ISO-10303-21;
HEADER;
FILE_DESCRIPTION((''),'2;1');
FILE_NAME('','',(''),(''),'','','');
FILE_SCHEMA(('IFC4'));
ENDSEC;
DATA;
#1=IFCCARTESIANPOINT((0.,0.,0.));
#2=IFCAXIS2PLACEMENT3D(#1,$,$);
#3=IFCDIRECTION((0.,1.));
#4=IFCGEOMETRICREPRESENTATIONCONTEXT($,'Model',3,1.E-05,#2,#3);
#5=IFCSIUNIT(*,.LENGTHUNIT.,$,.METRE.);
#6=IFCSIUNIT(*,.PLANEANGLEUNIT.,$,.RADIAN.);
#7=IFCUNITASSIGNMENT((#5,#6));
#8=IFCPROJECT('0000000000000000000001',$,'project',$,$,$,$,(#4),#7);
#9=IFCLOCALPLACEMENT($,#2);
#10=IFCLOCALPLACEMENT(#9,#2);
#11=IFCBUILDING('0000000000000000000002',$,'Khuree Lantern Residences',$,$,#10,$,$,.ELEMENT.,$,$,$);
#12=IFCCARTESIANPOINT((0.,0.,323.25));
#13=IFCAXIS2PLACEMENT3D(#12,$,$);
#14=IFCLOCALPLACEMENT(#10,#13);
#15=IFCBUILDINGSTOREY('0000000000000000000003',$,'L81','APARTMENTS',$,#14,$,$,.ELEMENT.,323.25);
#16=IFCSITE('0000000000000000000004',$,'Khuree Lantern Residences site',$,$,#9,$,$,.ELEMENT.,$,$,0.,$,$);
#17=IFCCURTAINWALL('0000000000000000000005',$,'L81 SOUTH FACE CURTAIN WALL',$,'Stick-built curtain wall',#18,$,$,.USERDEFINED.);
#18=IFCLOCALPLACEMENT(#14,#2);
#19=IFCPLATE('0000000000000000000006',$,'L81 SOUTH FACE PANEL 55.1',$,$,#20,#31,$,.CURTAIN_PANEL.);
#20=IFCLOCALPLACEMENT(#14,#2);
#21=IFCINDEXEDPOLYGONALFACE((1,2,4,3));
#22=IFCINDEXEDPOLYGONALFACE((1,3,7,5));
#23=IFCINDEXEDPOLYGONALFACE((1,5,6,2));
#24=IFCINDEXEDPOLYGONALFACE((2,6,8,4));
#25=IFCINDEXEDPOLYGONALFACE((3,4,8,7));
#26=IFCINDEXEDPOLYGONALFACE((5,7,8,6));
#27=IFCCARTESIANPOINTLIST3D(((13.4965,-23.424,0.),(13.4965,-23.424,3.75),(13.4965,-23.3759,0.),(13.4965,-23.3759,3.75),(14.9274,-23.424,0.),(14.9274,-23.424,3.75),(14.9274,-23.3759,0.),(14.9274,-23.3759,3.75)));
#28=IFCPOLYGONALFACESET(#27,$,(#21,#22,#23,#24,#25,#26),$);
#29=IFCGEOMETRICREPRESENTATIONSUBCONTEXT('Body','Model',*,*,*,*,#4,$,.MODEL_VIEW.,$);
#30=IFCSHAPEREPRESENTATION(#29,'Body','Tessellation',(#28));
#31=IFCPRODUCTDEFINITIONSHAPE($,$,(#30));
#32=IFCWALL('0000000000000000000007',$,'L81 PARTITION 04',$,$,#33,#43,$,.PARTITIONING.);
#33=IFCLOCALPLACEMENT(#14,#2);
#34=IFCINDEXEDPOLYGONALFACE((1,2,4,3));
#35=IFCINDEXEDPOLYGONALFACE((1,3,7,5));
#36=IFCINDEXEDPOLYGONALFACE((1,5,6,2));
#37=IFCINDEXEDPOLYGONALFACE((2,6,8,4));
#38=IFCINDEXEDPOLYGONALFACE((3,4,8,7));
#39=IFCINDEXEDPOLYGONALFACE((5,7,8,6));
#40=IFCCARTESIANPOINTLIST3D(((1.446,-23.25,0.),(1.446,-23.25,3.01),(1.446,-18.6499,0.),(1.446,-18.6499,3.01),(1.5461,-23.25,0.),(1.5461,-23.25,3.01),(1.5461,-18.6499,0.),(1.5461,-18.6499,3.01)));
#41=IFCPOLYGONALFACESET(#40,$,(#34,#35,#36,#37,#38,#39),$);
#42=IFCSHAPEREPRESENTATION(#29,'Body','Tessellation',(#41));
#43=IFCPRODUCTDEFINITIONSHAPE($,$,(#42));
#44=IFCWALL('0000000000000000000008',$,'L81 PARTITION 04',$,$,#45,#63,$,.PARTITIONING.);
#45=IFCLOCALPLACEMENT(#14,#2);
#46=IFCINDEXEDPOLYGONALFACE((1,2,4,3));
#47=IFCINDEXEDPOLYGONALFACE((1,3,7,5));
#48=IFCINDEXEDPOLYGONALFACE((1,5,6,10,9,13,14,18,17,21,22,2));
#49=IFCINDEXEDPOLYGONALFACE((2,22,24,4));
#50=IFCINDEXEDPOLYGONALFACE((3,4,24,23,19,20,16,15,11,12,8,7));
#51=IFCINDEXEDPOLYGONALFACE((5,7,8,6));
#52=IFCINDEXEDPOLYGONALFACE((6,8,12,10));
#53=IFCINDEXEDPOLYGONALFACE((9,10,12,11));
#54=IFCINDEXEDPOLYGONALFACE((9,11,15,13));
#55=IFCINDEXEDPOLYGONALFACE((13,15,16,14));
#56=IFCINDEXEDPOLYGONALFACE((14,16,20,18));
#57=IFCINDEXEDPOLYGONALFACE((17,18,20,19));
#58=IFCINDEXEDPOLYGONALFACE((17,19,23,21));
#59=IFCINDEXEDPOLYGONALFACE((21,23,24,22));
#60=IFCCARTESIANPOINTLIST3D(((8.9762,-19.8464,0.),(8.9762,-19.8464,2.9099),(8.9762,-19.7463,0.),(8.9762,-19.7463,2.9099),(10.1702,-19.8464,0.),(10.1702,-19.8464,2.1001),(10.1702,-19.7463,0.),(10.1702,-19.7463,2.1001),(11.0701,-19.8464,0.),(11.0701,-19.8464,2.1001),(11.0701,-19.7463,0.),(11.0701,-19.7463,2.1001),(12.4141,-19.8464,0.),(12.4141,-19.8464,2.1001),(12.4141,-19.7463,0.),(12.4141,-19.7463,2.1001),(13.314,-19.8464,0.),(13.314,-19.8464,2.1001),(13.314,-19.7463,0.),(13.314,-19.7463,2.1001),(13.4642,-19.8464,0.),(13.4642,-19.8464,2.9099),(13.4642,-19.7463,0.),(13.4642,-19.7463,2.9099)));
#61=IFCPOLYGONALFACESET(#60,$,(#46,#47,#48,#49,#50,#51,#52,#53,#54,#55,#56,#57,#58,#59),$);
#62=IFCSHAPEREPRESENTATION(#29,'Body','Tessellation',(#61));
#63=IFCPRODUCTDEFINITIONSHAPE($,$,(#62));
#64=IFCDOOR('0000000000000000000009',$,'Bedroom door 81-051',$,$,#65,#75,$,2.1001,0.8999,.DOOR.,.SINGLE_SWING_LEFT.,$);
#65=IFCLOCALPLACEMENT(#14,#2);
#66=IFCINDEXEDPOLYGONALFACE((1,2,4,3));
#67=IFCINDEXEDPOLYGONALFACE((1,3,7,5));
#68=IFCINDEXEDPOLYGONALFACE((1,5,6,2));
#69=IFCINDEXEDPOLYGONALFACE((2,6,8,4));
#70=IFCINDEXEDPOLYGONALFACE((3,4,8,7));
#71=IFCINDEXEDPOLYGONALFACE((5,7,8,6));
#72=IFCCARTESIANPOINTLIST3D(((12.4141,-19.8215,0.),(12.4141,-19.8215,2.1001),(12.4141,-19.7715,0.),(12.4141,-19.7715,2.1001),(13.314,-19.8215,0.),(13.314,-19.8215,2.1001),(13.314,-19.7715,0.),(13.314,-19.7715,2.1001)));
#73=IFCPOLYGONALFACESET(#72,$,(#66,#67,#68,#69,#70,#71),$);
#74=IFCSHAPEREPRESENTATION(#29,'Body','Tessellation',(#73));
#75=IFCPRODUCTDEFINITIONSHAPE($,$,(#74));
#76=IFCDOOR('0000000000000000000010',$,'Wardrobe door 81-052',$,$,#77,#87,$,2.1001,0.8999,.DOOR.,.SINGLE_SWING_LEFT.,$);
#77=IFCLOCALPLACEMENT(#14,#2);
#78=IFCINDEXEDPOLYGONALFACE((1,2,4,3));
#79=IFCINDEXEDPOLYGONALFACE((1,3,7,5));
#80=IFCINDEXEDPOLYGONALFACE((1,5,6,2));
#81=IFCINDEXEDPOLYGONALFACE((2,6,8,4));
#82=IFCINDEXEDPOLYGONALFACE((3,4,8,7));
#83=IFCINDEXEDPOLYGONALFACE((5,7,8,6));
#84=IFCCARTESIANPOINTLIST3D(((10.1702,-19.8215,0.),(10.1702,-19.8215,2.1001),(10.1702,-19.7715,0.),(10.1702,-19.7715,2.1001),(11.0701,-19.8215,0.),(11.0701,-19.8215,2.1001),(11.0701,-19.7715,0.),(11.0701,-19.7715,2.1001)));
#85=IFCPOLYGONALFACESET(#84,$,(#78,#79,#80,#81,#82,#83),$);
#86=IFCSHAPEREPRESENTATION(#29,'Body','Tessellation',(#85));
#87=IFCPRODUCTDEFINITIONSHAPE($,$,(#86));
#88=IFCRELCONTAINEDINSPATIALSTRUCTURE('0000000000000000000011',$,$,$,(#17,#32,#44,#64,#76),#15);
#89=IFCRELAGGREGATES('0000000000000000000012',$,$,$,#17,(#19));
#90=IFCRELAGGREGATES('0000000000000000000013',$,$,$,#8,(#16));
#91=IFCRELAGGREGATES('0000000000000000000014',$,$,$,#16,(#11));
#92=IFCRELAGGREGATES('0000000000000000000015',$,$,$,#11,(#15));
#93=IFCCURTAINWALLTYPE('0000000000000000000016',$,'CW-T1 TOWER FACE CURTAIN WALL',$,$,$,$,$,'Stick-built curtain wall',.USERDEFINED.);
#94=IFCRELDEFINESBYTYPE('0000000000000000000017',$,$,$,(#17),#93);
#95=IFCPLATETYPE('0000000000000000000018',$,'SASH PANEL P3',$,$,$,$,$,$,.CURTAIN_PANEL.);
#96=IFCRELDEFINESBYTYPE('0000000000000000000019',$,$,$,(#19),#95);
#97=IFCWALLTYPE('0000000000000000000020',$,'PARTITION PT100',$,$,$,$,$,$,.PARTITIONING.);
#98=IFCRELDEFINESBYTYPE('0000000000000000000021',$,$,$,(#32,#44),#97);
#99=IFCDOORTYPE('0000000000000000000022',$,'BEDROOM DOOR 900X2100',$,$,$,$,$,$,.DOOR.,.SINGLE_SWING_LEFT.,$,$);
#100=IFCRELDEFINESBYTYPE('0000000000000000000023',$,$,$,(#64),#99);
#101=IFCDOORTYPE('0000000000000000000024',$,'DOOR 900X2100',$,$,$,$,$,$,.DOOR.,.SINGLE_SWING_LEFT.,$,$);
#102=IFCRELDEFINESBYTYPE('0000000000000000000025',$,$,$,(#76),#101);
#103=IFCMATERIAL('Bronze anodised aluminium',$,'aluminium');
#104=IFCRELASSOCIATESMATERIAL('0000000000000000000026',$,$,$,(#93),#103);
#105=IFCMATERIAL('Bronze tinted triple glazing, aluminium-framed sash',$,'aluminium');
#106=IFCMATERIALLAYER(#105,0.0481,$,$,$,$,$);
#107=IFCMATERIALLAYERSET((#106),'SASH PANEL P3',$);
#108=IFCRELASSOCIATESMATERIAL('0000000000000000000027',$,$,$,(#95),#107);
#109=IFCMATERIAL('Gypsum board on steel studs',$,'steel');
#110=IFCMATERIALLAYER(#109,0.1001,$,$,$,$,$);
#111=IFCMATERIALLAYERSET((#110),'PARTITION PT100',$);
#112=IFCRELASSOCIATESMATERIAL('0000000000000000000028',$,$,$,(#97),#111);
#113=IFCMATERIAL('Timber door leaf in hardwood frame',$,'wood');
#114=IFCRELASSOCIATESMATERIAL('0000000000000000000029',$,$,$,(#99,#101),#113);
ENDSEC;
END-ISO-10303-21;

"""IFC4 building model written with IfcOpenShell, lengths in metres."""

from ifc_helpers import new_model, si_unit, direction, frame, frame_2d, origin, origin_2d, place, context, subcontext, project, spatial, rectangle, extrude, material, layer, layer_set, type_object, element, fill, aggregate, save


model = new_model("IFC4")

# Units and contexts
model_context = context("Model", 3, precision=1e-05, world=origin(), true_north=direction((0.0, 1.0)))
body_context = subcontext(model_context, "Body", "Model", "MODEL_VIEW")
ifc_project = project(units=[si_unit("LENGTHUNIT", "METRE"), si_unit("PLANEANGLEUNIT", "RADIAN")], contexts=[model_context])

# Site, building, storey
site_placement = place(None, origin())
site = spatial("IfcSite", under=ifc_project, at=site_placement, Name="Khuree Lantern Residences site", CompositionType="ELEMENT", RefElevation=0.0)
building_placement = place(site_placement, origin())
building = spatial("IfcBuilding", under=site, at=building_placement, Name="Khuree Lantern Residences", CompositionType="ELEMENT")
storey_placement = place(building_placement, frame((0.0, 0.0, 323.25)))
storey = spatial("IfcBuildingStorey", under=building, at=storey_placement, Name="L81", Description="APARTMENTS", CompositionType="ELEMENT", Elevation=323.25)

# Curtain wall
ifc_material_1 = material(Name="Bronze anodised aluminium", Category="aluminium")
curtain_wall_type = type_object("IfcCurtainWallType", Name="CW-T1 TOWER FACE CURTAIN WALL", ElementType="Stick-built curtain wall", PredefinedType="USERDEFINED", material=ifc_material_1)
curtain_wall_placement = place(storey_placement, origin())
curtain_wall = element("IfcCurtainWall", 1, at=curtain_wall_placement, inside=storey, type_object=curtain_wall_type, Name="L81 SOUTH FACE CURTAIN WALL", ObjectType="Stick-built curtain wall", PredefinedType="USERDEFINED")

# Plate
ifc_material_2 = material(Name="Bronze tinted triple glazing, aluminium-framed sash", Category="aluminium")
ifc_layer_1 = layer(ifc_material_2, 0.0481)
ifc_layer_set_1 = layer_set([ifc_layer_1], Name="SASH PANEL P3")
plate_type_1 = type_object("IfcPlateType", Name="SASH PANEL P3", PredefinedType="CURTAIN_PANEL", material=ifc_layer_set_1)
plate_1_placement = place(storey_placement, frame((14.2119, -23.3999, 0.0), z_axis=(0.0, 0.0, 1.0), x_axis=(1.0, 0.0, 0.0)))
plate_1 = element("IfcPlate", 2, at=plate_1_placement, type_object=plate_type_1, Name="L81 SOUTH FACE PANEL 55.1", PredefinedType="CURTAIN_PANEL", context=body_context, shape_type="SweptSolid", body=[
    extrude(rectangle(XDim=1.4309, YDim=0.0481, at=origin_2d()), origin(), (0.0, 0.0, 1.0), 3.75),
])
aggregate(curtain_wall, [plate_1])

# Wall
ifc_material_3 = material(Name="Gypsum board on steel studs", Category="steel")
ifc_layer_2 = layer(ifc_material_3, 0.1001)
ifc_layer_set_2 = layer_set([ifc_layer_2], Name="PARTITION PT100")
wall_type = type_object("IfcWallType", Name="PARTITION PT100", PredefinedType="PARTITIONING", material=ifc_layer_set_2)
wall_1_placement = place(storey_placement, frame((1.4961, -18.6499, 0.0), z_axis=(0.0, 0.0, 1.0), x_axis=(0.0, -1.0, 0.0)))
element("IfcWall", 3, at=wall_1_placement, inside=storey, type_object=wall_type, Name="L81 PARTITION 04", PredefinedType="PARTITIONING", context=body_context, shape_type="SweptSolid", body=[
    extrude(rectangle(XDim=4.6001, YDim=0.1001, at=frame_2d((2.3, 0.0))), origin(), (0.0, 0.0, 1.0), 3.01),
])

# Wall, openings, doors
wall_2_placement = place(storey_placement, frame((8.9761, -19.7964, 0.0), z_axis=(0.0, 0.0, 1.0), x_axis=(1.0, 0.0, 0.0)))
wall_2 = element("IfcWall", 4, at=wall_2_placement, inside=storey, type_object=wall_type, Name="L81 PARTITION 04", PredefinedType="PARTITIONING", context=body_context, shape_type="SweptSolid", body=[
    extrude(rectangle(XDim=4.488, YDim=0.1001, at=frame_2d((2.2441, 0.0))), origin(), (0.0, 0.0, 1.0), 2.9099),
])
opening_1_placement = place(wall_2_placement, frame((3.438, 0.0, 0.0)))
opening_1 = element("IfcOpeningElement", 5, at=opening_1_placement, cuts=wall_2, PredefinedType="OPENING", context=body_context, shape_type="SweptSolid", body=[
    extrude(rectangle(XDim=0.8999, YDim=2.1001, at=frame_2d((0.45, 1.05))), frame((0.0, 0.0601, 0.0), z_axis=(0.0, -1.0, 0.0), x_axis=(1.0, 0.0, 0.0)), (0.0, 0.0, 1.0), 0.1201),
])
opening_2_placement = place(wall_2_placement, frame((1.1941, 0.0, 0.0)))
opening_2 = element("IfcOpeningElement", 6, at=opening_2_placement, cuts=wall_2, PredefinedType="OPENING", context=body_context, shape_type="SweptSolid", body=[
    extrude(rectangle(XDim=0.8999, YDim=2.1001, at=frame_2d((0.45, 1.05))), frame((0.0, 0.0601, 0.0), z_axis=(0.0, -1.0, 0.0), x_axis=(1.0, 0.0, 0.0)), (0.0, 0.0, 1.0), 0.1201),
])
ifc_material_4 = material(Name="Timber door leaf in hardwood frame", Category="wood")
door_type_1 = type_object("IfcDoorType", Name="BEDROOM DOOR 900X2100", OperationType="SINGLE_SWING_LEFT", PredefinedType="DOOR", material=ifc_material_4)
door_1_placement = place(opening_1_placement, origin())
door_1 = element("IfcDoor", 7, at=door_1_placement, inside=storey, type_object=door_type_1, Name="Bedroom door 81-051", OperationType="SINGLE_SWING_LEFT", OverallHeight=2.1001, OverallWidth=0.8999, PredefinedType="DOOR", context=body_context, shape_type="SweptSolid", body=[
    extrude(rectangle(XDim=0.8999, YDim=2.1001, at=frame_2d((0.45, 1.05))), frame((0.0, 0.0249, 0.0), z_axis=(0.0, -1.0, 0.0), x_axis=(1.0, 0.0, 0.0)), (0.0, 0.0, 1.0), 0.05),
])
fill(opening_1, door_1)
door_type_2 = type_object("IfcDoorType", Name="DOOR 900X2100", OperationType="SINGLE_SWING_LEFT", PredefinedType="DOOR", material=ifc_material_4)
door_2_placement = place(opening_2_placement, origin())
door_2 = element("IfcDoor", 8, at=door_2_placement, inside=storey, type_object=door_type_2, Name="Wardrobe door 81-052", OperationType="SINGLE_SWING_LEFT", OverallHeight=2.1001, OverallWidth=0.8999, PredefinedType="DOOR", context=body_context, shape_type="SweptSolid", body=[
    extrude(rectangle(XDim=0.8999, YDim=2.1001, at=frame_2d((0.45, 1.05))), frame((0.0, 0.0249, 0.0), z_axis=(0.0, -1.0, 0.0), x_axis=(1.0, 0.0, 0.0)), (0.0, 0.0, 1.0), 0.05),
])
fill(opening_2, door_2)

save(model, "model.ifc")
